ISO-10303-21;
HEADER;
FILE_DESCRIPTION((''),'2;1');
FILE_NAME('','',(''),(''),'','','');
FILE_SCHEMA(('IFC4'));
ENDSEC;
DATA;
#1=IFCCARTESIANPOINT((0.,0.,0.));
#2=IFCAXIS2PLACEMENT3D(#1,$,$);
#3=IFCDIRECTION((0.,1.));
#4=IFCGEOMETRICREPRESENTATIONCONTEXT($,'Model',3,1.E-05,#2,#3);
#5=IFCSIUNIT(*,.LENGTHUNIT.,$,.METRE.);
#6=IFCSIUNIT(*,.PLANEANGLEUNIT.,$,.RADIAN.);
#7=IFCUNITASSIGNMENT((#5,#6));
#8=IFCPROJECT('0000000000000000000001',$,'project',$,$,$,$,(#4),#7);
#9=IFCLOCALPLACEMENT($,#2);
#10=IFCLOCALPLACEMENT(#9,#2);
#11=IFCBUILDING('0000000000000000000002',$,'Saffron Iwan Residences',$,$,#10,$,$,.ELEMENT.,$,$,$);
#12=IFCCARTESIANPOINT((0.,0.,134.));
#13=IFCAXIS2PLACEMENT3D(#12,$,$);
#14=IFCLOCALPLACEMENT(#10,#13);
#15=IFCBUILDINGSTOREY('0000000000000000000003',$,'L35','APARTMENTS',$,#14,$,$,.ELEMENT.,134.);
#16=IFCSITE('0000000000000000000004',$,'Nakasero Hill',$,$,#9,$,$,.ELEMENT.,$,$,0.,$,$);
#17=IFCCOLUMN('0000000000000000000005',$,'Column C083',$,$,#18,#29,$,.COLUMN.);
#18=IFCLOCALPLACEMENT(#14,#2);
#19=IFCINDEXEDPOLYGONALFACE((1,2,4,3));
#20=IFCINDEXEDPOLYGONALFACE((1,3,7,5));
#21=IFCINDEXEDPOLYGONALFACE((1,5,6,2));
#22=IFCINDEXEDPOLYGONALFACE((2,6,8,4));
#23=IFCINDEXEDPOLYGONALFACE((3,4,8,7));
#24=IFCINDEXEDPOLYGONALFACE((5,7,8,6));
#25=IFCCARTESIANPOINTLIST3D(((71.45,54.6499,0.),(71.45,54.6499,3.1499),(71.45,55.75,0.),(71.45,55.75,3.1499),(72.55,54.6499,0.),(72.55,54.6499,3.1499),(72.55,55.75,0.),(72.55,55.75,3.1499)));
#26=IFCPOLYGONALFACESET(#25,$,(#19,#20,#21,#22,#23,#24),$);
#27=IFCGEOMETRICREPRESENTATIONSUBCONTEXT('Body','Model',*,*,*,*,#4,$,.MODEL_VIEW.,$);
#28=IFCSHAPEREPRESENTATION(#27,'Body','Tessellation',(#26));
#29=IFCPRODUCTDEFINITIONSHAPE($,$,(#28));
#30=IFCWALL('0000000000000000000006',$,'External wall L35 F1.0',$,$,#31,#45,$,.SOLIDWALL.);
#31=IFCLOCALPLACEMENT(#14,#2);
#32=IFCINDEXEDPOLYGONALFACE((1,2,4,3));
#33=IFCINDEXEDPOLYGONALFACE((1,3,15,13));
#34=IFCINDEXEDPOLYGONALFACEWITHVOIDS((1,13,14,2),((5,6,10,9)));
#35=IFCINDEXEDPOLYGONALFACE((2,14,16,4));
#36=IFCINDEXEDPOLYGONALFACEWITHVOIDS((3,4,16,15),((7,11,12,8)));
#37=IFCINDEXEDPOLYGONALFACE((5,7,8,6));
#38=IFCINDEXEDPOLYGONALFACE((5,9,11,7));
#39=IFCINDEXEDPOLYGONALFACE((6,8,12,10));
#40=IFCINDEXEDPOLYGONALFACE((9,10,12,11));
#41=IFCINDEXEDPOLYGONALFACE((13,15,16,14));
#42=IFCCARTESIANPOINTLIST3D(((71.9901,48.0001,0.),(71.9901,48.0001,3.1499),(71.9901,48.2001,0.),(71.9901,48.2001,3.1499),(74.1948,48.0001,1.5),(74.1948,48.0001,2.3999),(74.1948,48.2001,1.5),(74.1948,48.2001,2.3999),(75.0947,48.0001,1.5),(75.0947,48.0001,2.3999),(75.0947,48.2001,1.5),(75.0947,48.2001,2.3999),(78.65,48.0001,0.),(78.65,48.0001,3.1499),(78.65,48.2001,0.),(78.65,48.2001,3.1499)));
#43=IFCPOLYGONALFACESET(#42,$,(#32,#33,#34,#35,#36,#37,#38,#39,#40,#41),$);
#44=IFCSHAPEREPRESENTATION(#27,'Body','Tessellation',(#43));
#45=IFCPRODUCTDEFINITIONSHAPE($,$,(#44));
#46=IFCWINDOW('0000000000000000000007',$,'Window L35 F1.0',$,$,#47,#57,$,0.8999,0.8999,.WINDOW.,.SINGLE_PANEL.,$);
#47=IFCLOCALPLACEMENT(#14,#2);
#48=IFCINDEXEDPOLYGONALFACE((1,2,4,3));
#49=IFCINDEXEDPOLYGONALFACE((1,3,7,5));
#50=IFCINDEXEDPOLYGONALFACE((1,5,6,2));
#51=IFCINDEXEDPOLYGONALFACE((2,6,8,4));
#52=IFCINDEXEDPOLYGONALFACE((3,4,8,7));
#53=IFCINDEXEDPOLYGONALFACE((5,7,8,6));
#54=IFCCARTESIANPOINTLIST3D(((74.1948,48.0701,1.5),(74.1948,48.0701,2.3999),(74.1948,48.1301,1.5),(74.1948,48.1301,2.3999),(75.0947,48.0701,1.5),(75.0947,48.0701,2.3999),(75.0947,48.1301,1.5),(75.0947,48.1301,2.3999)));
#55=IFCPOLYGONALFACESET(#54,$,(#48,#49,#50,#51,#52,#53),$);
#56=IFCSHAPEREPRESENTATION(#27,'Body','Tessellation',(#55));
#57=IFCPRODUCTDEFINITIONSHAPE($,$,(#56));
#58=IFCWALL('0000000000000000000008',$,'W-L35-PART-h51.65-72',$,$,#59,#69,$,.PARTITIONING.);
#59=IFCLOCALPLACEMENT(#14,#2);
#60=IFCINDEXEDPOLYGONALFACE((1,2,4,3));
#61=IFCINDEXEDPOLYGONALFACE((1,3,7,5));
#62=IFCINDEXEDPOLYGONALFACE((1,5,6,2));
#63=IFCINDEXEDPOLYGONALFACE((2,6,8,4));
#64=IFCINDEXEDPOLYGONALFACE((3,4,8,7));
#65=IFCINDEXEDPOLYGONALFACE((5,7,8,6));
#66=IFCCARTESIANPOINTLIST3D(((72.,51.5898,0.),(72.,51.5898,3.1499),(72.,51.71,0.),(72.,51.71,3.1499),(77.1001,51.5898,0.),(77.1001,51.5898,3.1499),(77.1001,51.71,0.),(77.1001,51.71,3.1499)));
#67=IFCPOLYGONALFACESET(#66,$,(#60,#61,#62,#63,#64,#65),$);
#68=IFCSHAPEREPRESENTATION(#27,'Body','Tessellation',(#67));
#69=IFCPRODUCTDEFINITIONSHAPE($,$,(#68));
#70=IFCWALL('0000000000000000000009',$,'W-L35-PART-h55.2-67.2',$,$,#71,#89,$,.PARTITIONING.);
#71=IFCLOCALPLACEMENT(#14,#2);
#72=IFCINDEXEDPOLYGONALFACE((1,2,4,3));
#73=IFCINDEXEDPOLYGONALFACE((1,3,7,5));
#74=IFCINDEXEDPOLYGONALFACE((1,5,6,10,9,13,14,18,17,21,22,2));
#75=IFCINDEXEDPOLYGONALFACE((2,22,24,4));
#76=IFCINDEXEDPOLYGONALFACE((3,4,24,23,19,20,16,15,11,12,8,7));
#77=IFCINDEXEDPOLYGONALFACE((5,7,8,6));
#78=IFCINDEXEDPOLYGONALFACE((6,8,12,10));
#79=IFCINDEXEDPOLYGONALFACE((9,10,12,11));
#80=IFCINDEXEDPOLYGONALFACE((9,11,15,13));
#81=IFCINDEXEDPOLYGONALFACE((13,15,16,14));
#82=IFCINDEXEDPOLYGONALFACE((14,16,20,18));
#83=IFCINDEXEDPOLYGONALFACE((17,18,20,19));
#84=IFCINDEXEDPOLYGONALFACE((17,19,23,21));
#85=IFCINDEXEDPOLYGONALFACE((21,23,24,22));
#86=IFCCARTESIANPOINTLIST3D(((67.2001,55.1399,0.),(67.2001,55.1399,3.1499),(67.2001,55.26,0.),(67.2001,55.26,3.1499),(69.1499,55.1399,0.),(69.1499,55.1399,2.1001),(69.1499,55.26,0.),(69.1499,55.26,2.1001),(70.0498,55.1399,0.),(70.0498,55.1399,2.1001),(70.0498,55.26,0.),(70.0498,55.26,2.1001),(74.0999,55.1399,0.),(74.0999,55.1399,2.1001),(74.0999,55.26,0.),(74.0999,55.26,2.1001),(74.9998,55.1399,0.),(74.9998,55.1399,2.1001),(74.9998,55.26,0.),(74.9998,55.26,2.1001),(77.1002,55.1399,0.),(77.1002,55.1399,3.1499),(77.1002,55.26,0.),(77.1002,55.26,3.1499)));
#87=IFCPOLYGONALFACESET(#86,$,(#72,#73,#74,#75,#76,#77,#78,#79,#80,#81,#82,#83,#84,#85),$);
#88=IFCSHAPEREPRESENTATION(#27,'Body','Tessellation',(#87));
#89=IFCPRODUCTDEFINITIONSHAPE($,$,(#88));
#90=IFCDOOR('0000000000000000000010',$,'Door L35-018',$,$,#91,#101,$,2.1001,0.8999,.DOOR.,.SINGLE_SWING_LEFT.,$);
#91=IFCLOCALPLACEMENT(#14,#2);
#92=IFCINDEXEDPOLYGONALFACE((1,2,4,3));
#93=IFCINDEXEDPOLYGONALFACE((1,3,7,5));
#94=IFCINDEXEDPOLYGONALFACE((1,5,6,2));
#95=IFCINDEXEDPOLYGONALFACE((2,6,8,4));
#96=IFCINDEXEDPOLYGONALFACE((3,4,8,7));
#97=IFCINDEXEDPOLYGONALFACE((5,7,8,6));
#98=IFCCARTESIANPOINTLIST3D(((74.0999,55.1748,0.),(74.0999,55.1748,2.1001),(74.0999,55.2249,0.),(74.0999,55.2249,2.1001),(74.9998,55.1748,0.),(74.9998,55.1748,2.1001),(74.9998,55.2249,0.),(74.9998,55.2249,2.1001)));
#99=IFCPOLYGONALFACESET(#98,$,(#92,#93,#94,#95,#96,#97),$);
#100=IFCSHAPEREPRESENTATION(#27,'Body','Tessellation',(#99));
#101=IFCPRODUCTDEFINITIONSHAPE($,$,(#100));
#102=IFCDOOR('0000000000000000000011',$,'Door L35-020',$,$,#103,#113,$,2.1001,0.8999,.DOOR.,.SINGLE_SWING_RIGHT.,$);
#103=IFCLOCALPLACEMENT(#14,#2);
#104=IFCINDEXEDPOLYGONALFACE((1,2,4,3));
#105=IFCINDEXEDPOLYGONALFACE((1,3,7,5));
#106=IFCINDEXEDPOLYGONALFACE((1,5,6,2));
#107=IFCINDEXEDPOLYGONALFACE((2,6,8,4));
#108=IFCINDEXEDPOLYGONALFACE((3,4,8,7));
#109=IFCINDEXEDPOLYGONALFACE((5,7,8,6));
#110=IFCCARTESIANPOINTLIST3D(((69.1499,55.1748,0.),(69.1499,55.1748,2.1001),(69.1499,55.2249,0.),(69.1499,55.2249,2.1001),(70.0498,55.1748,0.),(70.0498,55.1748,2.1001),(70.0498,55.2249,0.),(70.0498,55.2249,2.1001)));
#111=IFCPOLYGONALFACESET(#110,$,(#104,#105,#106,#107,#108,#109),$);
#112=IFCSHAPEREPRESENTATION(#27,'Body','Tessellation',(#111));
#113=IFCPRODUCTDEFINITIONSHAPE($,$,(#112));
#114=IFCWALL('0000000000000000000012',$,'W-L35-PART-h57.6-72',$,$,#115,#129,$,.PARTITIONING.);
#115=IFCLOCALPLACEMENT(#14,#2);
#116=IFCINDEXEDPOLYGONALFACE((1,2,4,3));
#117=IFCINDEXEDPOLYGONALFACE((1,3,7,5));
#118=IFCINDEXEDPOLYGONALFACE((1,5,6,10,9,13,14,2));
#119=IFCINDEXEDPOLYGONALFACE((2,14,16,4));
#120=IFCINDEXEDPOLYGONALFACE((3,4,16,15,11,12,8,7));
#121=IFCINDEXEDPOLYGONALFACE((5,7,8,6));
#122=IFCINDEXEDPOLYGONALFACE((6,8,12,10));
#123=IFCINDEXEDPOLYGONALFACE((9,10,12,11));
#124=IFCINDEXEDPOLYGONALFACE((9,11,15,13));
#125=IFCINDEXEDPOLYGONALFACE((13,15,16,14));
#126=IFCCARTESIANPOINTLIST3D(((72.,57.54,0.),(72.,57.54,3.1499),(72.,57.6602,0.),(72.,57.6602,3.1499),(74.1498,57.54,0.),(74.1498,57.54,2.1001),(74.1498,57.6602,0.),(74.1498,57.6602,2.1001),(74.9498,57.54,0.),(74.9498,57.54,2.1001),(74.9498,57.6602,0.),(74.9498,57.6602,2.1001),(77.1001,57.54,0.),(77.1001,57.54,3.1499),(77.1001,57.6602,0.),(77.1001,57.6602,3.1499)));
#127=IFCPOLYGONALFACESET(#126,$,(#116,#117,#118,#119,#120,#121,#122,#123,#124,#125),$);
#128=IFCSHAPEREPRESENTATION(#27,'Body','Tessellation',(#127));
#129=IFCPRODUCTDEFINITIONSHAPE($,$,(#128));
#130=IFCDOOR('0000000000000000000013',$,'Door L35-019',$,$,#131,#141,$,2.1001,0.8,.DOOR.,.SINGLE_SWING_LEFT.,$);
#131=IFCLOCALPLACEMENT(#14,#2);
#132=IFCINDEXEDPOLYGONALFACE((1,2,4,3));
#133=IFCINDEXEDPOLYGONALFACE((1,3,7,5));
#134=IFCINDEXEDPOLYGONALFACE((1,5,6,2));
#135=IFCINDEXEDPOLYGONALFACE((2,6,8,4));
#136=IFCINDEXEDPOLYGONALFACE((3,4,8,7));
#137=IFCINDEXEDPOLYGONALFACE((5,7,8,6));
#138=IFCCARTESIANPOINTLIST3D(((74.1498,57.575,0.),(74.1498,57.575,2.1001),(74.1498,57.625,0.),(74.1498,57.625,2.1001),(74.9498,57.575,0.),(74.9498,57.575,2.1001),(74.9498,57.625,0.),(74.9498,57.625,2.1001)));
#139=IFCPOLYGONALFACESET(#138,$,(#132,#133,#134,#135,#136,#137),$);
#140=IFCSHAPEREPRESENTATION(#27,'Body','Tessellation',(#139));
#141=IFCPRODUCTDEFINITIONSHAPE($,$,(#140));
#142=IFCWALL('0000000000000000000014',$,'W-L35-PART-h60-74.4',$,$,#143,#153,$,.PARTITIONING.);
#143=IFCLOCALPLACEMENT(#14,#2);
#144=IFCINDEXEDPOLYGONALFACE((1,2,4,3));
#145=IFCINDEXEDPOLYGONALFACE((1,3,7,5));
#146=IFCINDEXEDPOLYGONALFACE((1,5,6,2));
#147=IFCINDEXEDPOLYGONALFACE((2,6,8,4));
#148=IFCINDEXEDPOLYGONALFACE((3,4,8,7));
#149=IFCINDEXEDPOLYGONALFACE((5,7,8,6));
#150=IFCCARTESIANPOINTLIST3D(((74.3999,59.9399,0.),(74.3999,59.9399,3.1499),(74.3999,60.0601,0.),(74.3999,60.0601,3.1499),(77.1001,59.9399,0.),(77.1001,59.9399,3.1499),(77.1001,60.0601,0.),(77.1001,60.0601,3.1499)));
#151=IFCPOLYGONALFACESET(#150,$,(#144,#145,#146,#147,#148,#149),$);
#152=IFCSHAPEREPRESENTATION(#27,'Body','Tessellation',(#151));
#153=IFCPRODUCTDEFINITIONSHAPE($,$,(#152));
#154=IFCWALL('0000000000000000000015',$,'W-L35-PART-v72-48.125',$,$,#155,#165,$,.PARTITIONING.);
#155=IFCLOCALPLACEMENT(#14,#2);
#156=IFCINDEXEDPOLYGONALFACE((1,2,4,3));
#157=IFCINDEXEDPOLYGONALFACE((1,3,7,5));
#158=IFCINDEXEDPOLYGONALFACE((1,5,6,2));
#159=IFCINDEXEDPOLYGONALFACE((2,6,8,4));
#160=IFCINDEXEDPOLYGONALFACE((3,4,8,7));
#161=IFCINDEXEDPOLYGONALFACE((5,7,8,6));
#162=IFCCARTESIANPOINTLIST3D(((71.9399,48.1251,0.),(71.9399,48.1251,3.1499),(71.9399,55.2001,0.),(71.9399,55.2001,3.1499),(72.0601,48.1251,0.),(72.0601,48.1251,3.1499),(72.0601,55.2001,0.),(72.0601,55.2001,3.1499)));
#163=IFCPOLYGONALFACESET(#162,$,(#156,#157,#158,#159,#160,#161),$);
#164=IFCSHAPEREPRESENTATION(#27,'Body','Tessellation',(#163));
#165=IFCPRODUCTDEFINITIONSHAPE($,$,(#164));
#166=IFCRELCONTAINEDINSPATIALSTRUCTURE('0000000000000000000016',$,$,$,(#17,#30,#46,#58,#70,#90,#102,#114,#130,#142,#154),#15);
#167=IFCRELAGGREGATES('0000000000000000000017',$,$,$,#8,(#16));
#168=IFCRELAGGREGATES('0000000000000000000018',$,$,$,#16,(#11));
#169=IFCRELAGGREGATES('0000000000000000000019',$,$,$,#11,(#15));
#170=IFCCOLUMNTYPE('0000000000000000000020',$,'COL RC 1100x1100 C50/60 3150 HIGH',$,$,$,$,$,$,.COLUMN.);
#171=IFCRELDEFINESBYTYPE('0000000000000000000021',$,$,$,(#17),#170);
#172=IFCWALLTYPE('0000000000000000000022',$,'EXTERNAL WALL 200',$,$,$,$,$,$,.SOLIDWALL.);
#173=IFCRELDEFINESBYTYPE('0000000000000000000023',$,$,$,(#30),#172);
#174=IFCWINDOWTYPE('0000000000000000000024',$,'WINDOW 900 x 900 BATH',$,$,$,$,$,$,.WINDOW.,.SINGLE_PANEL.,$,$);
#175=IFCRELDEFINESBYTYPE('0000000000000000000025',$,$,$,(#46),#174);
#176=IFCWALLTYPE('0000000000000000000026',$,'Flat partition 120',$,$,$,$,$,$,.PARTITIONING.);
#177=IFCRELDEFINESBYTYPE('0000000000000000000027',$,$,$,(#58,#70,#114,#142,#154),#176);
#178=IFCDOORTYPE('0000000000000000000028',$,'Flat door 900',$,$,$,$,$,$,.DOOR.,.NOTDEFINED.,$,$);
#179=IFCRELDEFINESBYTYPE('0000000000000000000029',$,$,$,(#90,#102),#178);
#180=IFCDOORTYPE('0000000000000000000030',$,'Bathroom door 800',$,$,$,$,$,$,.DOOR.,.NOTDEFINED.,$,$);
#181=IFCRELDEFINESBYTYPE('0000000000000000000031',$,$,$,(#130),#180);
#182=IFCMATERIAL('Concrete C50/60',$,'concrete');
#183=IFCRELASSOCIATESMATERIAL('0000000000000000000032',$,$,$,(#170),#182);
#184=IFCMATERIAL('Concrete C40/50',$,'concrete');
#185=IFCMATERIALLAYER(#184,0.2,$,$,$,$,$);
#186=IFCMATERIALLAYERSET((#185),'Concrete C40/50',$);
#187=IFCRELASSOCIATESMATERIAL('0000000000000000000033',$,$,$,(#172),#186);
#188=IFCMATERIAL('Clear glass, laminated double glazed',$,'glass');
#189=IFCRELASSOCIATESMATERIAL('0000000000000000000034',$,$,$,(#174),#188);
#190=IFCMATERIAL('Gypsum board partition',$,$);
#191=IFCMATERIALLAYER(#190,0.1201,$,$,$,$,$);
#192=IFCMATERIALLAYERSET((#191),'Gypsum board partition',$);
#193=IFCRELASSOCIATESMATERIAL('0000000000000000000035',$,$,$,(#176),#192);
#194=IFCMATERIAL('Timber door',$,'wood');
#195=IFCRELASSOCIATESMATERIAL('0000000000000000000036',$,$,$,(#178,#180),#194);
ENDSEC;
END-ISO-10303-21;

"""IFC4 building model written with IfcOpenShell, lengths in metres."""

from ifc_helpers import new_model, si_unit, direction, frame, frame_2d, origin, origin_2d, place, context, subcontext, project, spatial, rectangle, extrude, source, transform, mapped, material, layer, layer_set, material_profile, profile_set, type_object, element, fill, save


model = new_model("IFC4")

# Units and contexts
model_context = context("Model", 3, precision=1e-05, world=origin(), true_north=direction((0.0, 1.0)))
body_context = subcontext(model_context, "Body", "Model", "MODEL_VIEW")
ifc_project = project(units=[si_unit("LENGTHUNIT", "METRE"), si_unit("PLANEANGLEUNIT", "RADIAN")], contexts=[model_context])

# Site, building, storey
site_placement = place(None, origin())
site = spatial("IfcSite", under=ifc_project, at=site_placement, Name="Nakasero Hill", CompositionType="ELEMENT", RefElevation=0.0)
building_placement = place(site_placement, origin())
building = spatial("IfcBuilding", under=site, at=building_placement, Name="Saffron Iwan Residences", CompositionType="ELEMENT")
storey_placement = place(building_placement, frame((0.0, 0.0, 134.0)))
storey = spatial("IfcBuildingStorey", under=building, at=storey_placement, Name="L35", Description="APARTMENTS", CompositionType="ELEMENT", Elevation=134.0)

# Column
ifc_material_1 = material(Name="Concrete C50/60", Category="concrete")
ifc_material_profile = material_profile(ifc_material_1, rectangle(XDim=1.1001, YDim=1.1001, at=origin_2d()), Name="RC 1100x1100")
ifc_profile_set = profile_set([ifc_material_profile], Name="Concrete C50/60")
column_type = type_object("IfcColumnType", Name="COL RC 1100x1100 C50/60 3150 HIGH", PredefinedType="COLUMN", material=ifc_profile_set)
shared_shape = source(origin(), body_context, "Body", "SweptSolid", [
    extrude(rectangle(XDim=1.1001, YDim=1.1001, at=origin_2d()), origin(), (0.0, 0.0, 1.0), 3.1499),
])
column_placement = place(storey_placement, frame((72.0, 55.2, 0.0), z_axis=(0.0, 0.0, 1.0), x_axis=(1.0, 0.0, 0.0)))
element("IfcColumn", 1, at=column_placement, inside=storey, type_object=column_type, Name="Column C083", PredefinedType="COLUMN", context=body_context, shape_type="MappedRepresentation", body=[
    mapped(shared_shape, transform((0.0, 0.0, 0.0))),
])

# Wall, opening, window
ifc_material_2 = material(Name="Concrete C40/50", Category="concrete")
ifc_layer_1 = layer(ifc_material_2, 0.2)
ifc_layer_set_1 = layer_set([ifc_layer_1], Name="Concrete C40/50")
wall_type_1 = type_object("IfcWallType", Name="EXTERNAL WALL 200", PredefinedType="SOLIDWALL", material=ifc_layer_set_1)
wall_1_placement = place(storey_placement, frame((71.99, 48.1001, 0.0), z_axis=(0.0, 0.0, 1.0), x_axis=(1.0, 0.0, 0.0)))
wall_1 = element("IfcWall", 2, at=wall_1_placement, inside=storey, type_object=wall_type_1, Name="External wall L35 F1.0", PredefinedType="SOLIDWALL", context=body_context, shape_type="SweptSolid", body=[
    extrude(rectangle(XDim=6.6599, YDim=0.2, at=frame_2d((3.3301, 0.0))), origin(), (0.0, 0.0, 1.0), 3.1499),
])
opening_1_placement = place(wall_1_placement, frame((2.2048, 0.0, 1.5)))
opening_1 = element("IfcOpeningElement", 3, at=opening_1_placement, cuts=wall_1, PredefinedType="OPENING", context=body_context, shape_type="SweptSolid", body=[
    extrude(rectangle(XDim=0.8999, YDim=0.8999, at=frame_2d((0.45, 0.45))), frame((0.0, 0.1099, 0.0), z_axis=(0.0, -1.0, 0.0), x_axis=(1.0, 0.0, 0.0)), (0.0, 0.0, 1.0), 0.22),
])
ifc_material_3 = material(Name="Clear glass, laminated double glazed", Category="glass")
window_type = type_object("IfcWindowType", Name="WINDOW 900 x 900 BATH", PartitioningType="SINGLE_PANEL", PredefinedType="WINDOW", material=ifc_material_3)
window_placement = place(opening_1_placement, origin())
window = element("IfcWindow", 4, at=window_placement, inside=storey, type_object=window_type, Name="Window L35 F1.0", OverallHeight=0.8999, OverallWidth=0.8999, PartitioningType="SINGLE_PANEL", PredefinedType="WINDOW", context=body_context, shape_type="SweptSolid", body=[
    extrude(rectangle(XDim=0.8999, YDim=0.8999, at=frame_2d((0.45, 0.45))), frame((0.0, 0.03, 0.0), z_axis=(0.0, -1.0, 0.0), x_axis=(1.0, 0.0, 0.0)), (0.0, 0.0, 1.0), 0.0601),
])
fill(opening_1, window)

# Wall
ifc_material_4 = material(Name="Gypsum board partition")
ifc_layer_2 = layer(ifc_material_4, 0.1201)
ifc_layer_set_2 = layer_set([ifc_layer_2], Name="Gypsum board partition")
wall_type_2 = type_object("IfcWallType", Name="Flat partition 120", PredefinedType="PARTITIONING", material=ifc_layer_set_2)
wall_2_placement = place(storey_placement, frame((72.0, 51.6499, 0.0), z_axis=(0.0, 0.0, 1.0), x_axis=(1.0, 0.0, 0.0)))
element("IfcWall", 5, at=wall_2_placement, inside=storey, type_object=wall_type_2, Name="W-L35-PART-h51.65-72", PredefinedType="PARTITIONING", context=body_context, shape_type="SweptSolid", body=[
    extrude(rectangle(XDim=5.1001, YDim=0.1201, at=frame_2d((2.55, 0.0))), origin(), (0.0, 0.0, 1.0), 3.1499),
])

# Wall, openings, doors
wall_3_placement = place(storey_placement, frame((67.2, 55.2, 0.0), z_axis=(0.0, 0.0, 1.0), x_axis=(1.0, 0.0, 0.0)))
wall_3 = element("IfcWall", 6, at=wall_3_placement, inside=storey, type_object=wall_type_2, Name="W-L35-PART-h55.2-67.2", PredefinedType="PARTITIONING", context=body_context, shape_type="SweptSolid", body=[
    extrude(rectangle(XDim=9.9001, YDim=0.1201, at=frame_2d((4.9502, 0.0))), origin(), (0.0, 0.0, 1.0), 3.1499),
])
opening_2_placement = place(wall_3_placement, frame((6.8999, 0.0, 0.0)))
opening_2 = element("IfcOpeningElement", 7, at=opening_2_placement, cuts=wall_3, PredefinedType="OPENING", context=body_context, shape_type="SweptSolid", body=[
    extrude(rectangle(XDim=0.8999, YDim=2.1001, at=frame_2d((0.45, 1.05))), frame((0.0, 0.0701, 0.0), z_axis=(0.0, -1.0, 0.0), x_axis=(1.0, 0.0, 0.0)), (0.0, 0.0, 1.0), 0.1401),
])
opening_3_placement = place(wall_3_placement, frame((1.95, 0.0, 0.0)))
opening_3 = element("IfcOpeningElement", 8, at=opening_3_placement, cuts=wall_3, PredefinedType="OPENING", context=body_context, shape_type="SweptSolid", body=[
    extrude(rectangle(XDim=0.8999, YDim=2.1001, at=frame_2d((0.45, 1.05))), frame((0.0, 0.0701, 0.0), z_axis=(0.0, -1.0, 0.0), x_axis=(1.0, 0.0, 0.0)), (0.0, 0.0, 1.0), 0.1401),
])
ifc_material_5 = material(Name="Timber door", Category="wood")
door_type_1 = type_object("IfcDoorType", Name="Flat door 900", OperationType="NOTDEFINED", PredefinedType="DOOR", material=ifc_material_5)
door_1_placement = place(opening_2_placement, origin())
door_1 = element("IfcDoor", 9, at=door_1_placement, inside=storey, type_object=door_type_1, Name="Door L35-018", OperationType="SINGLE_SWING_LEFT", OverallHeight=2.1001, OverallWidth=0.8999, PredefinedType="DOOR", context=body_context, shape_type="SweptSolid", body=[
    extrude(rectangle(XDim=0.8999, YDim=2.1001, at=frame_2d((0.45, 1.05))), frame((0.0, 0.0249, 0.0), z_axis=(0.0, -1.0, 0.0), x_axis=(1.0, 0.0, 0.0)), (0.0, 0.0, 1.0), 0.05),
])
fill(opening_2, door_1)
door_2_placement = place(opening_3_placement, origin())
door_2 = element("IfcDoor", 10, at=door_2_placement, inside=storey, type_object=door_type_1, Name="Door L35-020", OperationType="SINGLE_SWING_RIGHT", OverallHeight=2.1001, OverallWidth=0.8999, PredefinedType="DOOR", context=body_context, shape_type="SweptSolid", body=[
    extrude(rectangle(XDim=0.8999, YDim=2.1001, at=frame_2d((0.45, 1.05))), frame((0.0, 0.0249, 0.0), z_axis=(0.0, -1.0, 0.0), x_axis=(1.0, 0.0, 0.0)), (0.0, 0.0, 1.0), 0.05),
])
fill(opening_3, door_2)

# Wall, opening, door
wall_4_placement = place(storey_placement, frame((72.0, 57.6001, 0.0), z_axis=(0.0, 0.0, 1.0), x_axis=(1.0, 0.0, 0.0)))
wall_4 = element("IfcWall", 11, at=wall_4_placement, inside=storey, type_object=wall_type_2, Name="W-L35-PART-h57.6-72", PredefinedType="PARTITIONING", context=body_context, shape_type="SweptSolid", body=[
    extrude(rectangle(XDim=5.1001, YDim=0.1201, at=frame_2d((2.55, 0.0))), origin(), (0.0, 0.0, 1.0), 3.1499),
])
opening_4_placement = place(wall_4_placement, frame((2.1499, 0.0, 0.0)))
opening_4 = element("IfcOpeningElement", 12, at=opening_4_placement, cuts=wall_4, PredefinedType="OPENING", context=body_context, shape_type="SweptSolid", body=[
    extrude(rectangle(XDim=0.8, YDim=2.1001, at=frame_2d((0.3999, 1.05))), frame((0.0, 0.0701, 0.0), z_axis=(0.0, -1.0, 0.0), x_axis=(1.0, 0.0, 0.0)), (0.0, 0.0, 1.0), 0.1401),
])
door_type_2 = type_object("IfcDoorType", Name="Bathroom door 800", OperationType="NOTDEFINED", PredefinedType="DOOR", material=ifc_material_5)
door_3_placement = place(opening_4_placement, origin())
door_3 = element("IfcDoor", 13, at=door_3_placement, inside=storey, type_object=door_type_2, Name="Door L35-019", OperationType="SINGLE_SWING_LEFT", OverallHeight=2.1001, OverallWidth=0.8, PredefinedType="DOOR", context=body_context, shape_type="SweptSolid", body=[
    extrude(rectangle(XDim=0.8, YDim=2.1001, at=frame_2d((0.3999, 1.05))), frame((0.0, 0.0249, 0.0), z_axis=(0.0, -1.0, 0.0), x_axis=(1.0, 0.0, 0.0)), (0.0, 0.0, 1.0), 0.05),
])
fill(opening_4, door_3)

# Walls
wall_5_placement = place(storey_placement, frame((74.3999, 60.0, 0.0), z_axis=(0.0, 0.0, 1.0), x_axis=(1.0, 0.0, 0.0)))
element("IfcWall", 14, at=wall_5_placement, inside=storey, type_object=wall_type_2, Name="W-L35-PART-h60-74.4", PredefinedType="PARTITIONING", context=body_context, shape_type="SweptSolid", body=[
    extrude(rectangle(XDim=2.7002, YDim=0.1201, at=frame_2d((1.3501, 0.0))), origin(), (0.0, 0.0, 1.0), 3.1499),
])
wall_6_placement = place(storey_placement, frame((72.0, 48.125, 0.0), z_axis=(0.0, 0.0, 1.0), x_axis=(0.0, 1.0, 0.0)))
element("IfcWall", 15, at=wall_6_placement, inside=storey, type_object=wall_type_2, Name="W-L35-PART-v72-48.125", PredefinedType="PARTITIONING", context=body_context, shape_type="SweptSolid", body=[
    extrude(rectangle(XDim=7.075, YDim=0.1201, at=frame_2d((3.5376, 0.0))), origin(), (0.0, 0.0, 1.0), 3.1499),
])

save(model, "model.ifc")
